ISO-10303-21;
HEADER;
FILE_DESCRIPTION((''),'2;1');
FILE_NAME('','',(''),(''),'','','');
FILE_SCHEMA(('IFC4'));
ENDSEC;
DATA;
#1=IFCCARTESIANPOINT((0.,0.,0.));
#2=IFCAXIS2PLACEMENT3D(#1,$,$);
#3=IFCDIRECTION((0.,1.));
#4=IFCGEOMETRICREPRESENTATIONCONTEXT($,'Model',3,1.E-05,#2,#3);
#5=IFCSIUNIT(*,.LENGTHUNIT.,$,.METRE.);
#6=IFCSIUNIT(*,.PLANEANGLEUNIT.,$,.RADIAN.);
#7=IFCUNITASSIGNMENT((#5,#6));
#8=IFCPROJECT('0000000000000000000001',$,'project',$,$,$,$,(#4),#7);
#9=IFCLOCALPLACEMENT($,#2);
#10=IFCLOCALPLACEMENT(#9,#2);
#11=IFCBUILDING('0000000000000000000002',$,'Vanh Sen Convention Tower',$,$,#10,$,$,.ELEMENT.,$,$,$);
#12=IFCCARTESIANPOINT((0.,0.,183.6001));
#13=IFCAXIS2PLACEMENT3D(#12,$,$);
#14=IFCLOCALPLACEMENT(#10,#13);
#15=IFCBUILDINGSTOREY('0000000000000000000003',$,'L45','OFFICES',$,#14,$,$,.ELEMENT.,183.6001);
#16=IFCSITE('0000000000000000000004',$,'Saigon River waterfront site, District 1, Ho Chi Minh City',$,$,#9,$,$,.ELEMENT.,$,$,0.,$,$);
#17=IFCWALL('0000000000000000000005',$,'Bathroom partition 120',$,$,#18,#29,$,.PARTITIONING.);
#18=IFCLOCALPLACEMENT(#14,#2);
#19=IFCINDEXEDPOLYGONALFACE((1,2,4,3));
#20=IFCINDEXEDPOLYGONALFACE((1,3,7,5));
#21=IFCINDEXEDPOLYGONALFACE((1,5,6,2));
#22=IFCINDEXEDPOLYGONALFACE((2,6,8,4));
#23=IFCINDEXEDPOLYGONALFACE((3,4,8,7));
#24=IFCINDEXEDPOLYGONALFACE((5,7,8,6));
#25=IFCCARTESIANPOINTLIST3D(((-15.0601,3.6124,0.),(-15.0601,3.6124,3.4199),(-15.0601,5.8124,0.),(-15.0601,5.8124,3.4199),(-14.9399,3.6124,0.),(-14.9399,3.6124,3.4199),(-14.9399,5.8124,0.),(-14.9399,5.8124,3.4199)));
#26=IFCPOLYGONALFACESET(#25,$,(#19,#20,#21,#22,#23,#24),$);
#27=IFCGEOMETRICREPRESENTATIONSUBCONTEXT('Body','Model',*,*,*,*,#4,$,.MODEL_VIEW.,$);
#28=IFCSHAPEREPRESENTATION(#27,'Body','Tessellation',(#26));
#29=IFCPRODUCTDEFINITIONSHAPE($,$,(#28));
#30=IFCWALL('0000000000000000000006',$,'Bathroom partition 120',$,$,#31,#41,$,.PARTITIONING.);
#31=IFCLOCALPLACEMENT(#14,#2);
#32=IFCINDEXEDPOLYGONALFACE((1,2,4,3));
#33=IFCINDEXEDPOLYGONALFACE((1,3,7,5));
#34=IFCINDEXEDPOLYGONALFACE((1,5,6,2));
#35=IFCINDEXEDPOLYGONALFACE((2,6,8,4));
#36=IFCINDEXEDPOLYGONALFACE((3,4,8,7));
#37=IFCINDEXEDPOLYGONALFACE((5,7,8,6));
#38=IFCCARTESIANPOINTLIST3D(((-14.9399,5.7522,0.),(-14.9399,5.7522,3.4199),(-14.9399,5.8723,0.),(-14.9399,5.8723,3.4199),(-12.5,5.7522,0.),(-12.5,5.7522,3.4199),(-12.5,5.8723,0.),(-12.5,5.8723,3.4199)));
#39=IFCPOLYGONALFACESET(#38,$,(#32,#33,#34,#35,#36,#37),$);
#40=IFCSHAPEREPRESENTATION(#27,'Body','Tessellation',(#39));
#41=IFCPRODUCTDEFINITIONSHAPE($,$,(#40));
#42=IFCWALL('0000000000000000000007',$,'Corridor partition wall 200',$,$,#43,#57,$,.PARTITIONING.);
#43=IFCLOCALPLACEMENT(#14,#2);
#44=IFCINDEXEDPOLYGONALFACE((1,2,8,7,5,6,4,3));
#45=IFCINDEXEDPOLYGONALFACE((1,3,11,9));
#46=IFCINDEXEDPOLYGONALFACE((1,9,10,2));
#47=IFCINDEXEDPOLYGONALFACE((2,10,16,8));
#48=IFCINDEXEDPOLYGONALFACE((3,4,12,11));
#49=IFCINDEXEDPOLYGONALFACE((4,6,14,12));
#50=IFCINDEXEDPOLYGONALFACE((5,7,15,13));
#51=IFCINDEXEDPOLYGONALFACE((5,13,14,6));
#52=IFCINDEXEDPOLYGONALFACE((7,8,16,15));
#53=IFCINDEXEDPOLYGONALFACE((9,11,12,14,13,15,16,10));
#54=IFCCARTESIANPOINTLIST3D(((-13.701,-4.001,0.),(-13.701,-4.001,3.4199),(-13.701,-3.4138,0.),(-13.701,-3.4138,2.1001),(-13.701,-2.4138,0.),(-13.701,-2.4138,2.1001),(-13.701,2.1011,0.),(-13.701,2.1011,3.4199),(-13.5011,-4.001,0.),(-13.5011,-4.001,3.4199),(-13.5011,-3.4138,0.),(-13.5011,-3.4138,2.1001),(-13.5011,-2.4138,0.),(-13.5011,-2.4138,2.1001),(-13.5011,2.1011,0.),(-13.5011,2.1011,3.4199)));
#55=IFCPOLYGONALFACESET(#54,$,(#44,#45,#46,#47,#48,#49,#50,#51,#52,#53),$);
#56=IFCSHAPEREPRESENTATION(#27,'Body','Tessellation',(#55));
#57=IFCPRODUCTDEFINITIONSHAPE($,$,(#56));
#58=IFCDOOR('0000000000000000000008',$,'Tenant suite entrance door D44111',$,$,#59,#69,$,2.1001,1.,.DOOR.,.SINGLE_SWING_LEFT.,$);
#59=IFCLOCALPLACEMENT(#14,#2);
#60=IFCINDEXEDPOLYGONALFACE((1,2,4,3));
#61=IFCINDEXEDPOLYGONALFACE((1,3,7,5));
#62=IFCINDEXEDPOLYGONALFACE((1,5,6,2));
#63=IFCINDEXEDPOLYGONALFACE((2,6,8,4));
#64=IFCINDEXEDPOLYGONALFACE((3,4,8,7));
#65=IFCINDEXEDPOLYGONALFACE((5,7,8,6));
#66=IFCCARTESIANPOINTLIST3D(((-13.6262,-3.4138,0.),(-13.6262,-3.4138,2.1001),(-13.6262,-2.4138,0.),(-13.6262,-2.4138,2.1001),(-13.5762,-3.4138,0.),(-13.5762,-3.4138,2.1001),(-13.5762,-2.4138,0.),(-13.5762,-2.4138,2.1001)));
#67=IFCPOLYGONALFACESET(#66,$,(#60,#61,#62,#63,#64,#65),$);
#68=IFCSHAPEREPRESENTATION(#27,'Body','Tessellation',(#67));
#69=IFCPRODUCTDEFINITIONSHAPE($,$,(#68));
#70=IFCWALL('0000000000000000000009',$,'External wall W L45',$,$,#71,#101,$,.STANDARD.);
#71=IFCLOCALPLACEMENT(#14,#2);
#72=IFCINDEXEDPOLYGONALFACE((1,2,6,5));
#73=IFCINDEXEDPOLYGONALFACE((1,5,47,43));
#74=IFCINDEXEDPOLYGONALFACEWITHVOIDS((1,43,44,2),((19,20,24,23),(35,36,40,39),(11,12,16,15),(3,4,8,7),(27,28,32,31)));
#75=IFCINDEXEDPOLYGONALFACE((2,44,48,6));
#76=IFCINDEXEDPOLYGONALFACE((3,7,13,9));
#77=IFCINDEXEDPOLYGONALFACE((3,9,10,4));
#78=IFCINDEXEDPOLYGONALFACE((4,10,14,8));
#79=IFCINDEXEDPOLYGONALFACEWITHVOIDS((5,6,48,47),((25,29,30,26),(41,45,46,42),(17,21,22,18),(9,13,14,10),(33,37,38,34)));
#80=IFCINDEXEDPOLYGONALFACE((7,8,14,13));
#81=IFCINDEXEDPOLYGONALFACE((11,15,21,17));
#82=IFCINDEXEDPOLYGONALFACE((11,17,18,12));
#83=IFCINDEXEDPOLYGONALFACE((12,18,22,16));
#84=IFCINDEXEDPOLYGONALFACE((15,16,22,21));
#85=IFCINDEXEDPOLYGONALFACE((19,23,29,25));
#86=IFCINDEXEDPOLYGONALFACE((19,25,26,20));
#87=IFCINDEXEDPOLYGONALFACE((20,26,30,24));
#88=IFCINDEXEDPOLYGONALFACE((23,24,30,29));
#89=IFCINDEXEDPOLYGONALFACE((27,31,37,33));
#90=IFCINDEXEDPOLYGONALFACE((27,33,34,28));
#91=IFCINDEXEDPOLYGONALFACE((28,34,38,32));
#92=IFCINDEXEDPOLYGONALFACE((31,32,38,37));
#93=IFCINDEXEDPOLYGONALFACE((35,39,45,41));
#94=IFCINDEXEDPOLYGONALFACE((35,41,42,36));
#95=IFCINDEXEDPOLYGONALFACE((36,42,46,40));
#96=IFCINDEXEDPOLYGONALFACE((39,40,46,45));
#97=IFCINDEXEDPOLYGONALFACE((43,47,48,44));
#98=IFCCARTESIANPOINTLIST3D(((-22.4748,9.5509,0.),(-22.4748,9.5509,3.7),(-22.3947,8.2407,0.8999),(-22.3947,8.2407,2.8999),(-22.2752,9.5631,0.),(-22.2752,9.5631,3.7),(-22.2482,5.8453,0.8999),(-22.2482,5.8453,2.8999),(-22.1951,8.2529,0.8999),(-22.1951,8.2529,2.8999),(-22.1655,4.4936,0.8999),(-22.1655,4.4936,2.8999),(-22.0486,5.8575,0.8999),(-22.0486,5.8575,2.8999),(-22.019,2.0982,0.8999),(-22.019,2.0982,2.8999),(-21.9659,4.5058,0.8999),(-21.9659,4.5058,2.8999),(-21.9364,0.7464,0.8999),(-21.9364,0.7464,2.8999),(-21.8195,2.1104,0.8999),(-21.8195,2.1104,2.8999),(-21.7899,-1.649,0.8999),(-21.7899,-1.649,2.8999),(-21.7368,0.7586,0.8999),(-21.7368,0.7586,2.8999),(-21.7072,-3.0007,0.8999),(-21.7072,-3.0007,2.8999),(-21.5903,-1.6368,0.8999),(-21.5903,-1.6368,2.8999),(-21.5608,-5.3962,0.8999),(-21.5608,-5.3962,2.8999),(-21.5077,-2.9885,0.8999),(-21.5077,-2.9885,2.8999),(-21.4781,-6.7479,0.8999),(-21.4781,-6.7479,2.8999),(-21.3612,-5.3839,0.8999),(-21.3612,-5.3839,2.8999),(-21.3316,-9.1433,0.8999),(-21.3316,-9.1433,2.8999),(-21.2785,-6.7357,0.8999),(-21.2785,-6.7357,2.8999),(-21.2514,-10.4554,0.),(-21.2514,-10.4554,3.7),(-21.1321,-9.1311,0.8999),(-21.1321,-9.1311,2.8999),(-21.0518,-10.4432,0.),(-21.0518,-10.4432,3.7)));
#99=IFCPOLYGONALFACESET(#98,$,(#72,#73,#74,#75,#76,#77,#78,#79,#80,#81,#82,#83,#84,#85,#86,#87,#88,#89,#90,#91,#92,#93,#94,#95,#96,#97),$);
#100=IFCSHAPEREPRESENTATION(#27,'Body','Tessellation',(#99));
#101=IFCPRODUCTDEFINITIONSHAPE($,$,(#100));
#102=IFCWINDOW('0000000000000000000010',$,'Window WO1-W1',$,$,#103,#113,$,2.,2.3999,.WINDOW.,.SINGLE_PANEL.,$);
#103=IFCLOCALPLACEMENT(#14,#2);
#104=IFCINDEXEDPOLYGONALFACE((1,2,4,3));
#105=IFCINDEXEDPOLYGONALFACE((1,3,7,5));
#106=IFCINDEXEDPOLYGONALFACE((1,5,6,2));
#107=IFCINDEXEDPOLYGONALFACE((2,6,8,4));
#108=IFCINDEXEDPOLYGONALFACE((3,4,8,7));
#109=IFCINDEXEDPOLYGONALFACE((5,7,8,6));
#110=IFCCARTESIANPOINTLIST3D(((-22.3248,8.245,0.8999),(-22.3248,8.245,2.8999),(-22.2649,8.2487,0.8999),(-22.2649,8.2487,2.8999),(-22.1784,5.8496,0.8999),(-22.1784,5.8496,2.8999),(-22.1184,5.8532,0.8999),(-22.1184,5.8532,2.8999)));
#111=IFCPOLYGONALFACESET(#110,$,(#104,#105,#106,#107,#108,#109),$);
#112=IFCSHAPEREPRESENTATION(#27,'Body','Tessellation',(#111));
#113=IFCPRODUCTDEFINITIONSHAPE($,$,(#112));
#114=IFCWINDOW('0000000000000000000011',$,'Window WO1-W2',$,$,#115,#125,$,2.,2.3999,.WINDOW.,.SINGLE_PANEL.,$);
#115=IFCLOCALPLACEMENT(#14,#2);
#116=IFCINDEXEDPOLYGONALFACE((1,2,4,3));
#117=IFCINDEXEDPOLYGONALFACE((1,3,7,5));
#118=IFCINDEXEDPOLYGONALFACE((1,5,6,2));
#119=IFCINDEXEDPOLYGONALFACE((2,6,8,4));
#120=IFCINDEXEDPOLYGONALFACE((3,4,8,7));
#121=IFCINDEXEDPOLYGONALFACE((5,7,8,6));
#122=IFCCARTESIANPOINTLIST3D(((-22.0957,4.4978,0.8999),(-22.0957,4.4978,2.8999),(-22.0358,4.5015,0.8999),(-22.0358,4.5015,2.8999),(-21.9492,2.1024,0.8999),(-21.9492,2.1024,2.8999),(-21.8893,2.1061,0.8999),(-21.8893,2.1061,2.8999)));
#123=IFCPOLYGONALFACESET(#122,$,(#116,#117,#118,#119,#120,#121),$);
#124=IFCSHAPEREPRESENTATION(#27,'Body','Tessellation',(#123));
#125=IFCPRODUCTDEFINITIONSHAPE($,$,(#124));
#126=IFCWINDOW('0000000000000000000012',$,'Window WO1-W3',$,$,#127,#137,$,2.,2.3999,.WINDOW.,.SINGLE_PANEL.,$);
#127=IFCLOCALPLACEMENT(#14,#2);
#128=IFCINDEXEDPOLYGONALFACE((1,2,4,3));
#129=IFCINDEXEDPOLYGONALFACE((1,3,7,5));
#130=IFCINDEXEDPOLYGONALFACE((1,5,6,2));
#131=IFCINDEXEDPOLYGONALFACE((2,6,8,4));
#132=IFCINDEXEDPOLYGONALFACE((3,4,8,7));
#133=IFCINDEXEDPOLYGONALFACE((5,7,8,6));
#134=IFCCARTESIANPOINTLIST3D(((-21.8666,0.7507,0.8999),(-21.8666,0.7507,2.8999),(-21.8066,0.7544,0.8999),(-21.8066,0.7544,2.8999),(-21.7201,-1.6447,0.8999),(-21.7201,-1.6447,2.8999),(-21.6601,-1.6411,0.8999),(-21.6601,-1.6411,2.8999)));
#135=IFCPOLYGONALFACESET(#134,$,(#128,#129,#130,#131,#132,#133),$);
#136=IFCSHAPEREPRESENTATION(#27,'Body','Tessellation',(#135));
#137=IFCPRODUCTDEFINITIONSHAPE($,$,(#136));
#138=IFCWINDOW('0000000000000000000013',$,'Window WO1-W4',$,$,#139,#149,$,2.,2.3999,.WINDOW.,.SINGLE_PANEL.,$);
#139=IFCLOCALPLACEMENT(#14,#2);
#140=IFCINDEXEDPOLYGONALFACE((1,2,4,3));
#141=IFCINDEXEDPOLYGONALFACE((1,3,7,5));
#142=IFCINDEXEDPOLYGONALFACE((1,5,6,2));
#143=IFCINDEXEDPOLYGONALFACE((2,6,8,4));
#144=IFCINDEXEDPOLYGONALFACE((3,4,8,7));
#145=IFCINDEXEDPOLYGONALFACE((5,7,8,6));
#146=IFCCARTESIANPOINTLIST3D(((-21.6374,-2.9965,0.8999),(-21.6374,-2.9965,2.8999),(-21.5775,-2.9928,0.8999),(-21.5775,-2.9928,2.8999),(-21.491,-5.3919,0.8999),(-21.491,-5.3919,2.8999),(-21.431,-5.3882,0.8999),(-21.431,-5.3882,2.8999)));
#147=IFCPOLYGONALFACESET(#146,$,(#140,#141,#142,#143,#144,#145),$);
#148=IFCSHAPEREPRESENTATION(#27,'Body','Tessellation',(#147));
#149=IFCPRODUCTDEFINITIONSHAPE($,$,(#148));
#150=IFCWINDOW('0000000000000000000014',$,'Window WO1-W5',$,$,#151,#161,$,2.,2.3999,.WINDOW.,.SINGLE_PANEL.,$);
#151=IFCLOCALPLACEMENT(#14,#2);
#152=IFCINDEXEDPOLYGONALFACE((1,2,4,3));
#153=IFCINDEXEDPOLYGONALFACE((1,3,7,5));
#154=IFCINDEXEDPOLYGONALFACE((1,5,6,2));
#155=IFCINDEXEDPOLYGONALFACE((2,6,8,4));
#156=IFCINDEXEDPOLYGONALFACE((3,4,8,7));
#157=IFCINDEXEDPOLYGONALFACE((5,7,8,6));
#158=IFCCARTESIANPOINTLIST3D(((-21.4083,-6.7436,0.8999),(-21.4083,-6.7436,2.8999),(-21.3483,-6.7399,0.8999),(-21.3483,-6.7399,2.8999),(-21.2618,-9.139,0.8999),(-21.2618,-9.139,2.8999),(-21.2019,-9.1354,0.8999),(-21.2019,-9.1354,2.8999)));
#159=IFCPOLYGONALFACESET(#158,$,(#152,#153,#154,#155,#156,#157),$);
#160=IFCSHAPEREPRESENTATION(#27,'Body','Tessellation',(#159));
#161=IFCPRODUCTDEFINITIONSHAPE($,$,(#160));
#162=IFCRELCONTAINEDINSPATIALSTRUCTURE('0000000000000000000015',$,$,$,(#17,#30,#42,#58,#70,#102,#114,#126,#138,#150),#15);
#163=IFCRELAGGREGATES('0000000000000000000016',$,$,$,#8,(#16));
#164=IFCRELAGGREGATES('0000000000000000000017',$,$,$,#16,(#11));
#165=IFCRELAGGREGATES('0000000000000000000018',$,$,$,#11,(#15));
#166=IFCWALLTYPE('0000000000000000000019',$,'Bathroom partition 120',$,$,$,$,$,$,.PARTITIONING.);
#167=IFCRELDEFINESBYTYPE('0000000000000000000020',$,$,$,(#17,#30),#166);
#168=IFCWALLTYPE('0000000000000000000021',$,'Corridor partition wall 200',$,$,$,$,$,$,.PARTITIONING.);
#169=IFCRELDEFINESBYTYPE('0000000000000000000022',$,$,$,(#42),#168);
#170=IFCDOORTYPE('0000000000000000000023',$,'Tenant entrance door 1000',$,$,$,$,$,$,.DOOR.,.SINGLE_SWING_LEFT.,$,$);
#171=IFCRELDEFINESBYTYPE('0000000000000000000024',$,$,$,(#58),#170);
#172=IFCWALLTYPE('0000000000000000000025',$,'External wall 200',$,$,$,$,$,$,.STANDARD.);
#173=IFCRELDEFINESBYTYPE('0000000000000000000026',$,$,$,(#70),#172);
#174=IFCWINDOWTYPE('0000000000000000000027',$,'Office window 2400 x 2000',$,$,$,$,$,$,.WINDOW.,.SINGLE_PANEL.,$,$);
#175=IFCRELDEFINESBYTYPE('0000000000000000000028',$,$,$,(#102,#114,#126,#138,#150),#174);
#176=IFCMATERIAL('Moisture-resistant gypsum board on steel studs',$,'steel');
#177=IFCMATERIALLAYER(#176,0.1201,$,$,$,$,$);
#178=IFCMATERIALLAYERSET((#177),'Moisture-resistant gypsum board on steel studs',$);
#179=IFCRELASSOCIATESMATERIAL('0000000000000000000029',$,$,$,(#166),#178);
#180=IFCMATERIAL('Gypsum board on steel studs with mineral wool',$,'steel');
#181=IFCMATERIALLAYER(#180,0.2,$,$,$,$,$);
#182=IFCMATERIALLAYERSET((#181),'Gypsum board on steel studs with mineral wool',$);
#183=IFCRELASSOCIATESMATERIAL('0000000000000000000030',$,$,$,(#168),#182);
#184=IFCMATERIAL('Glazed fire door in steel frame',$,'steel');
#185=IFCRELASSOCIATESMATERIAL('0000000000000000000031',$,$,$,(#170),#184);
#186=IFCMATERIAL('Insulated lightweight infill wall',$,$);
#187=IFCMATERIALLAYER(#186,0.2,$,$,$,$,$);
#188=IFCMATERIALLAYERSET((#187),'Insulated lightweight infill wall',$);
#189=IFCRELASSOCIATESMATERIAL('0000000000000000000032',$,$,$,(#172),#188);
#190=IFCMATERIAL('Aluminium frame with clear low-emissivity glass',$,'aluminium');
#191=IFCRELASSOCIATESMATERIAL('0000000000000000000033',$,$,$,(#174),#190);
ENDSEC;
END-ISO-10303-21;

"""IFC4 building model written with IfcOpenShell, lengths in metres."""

from ifc_helpers import new_model, si_unit, direction, frame, frame_2d, origin, place, context, subcontext, project, spatial, rectangle, extrude, material, layer, layer_set, type_object, element, fill, save


model = new_model("IFC4")

# Units and contexts
model_context = context("Model", 3, precision=1e-05, world=origin(), true_north=direction((0.0, 1.0)))
body_context = subcontext(model_context, "Body", "Model", "MODEL_VIEW")
ifc_project = project(units=[si_unit("LENGTHUNIT", "METRE"), si_unit("PLANEANGLEUNIT", "RADIAN")], contexts=[model_context])

# Site, building, storey
site_placement = place(None, origin())
site = spatial("IfcSite", under=ifc_project, at=site_placement, Name="Saigon River waterfront site, District 1, Ho Chi Minh City", CompositionType="ELEMENT", RefElevation=0.0)
building_placement = place(site_placement, origin())
building = spatial("IfcBuilding", under=site, at=building_placement, Name="Vanh Sen Convention Tower", CompositionType="ELEMENT")
storey_placement = place(building_placement, frame((0.0, 0.0, 183.6001)))
storey = spatial("IfcBuildingStorey", under=building, at=storey_placement, Name="L45", Description="OFFICES", CompositionType="ELEMENT", Elevation=183.6001)

# Walls
ifc_material_1 = material(Name="Moisture-resistant gypsum board on steel studs", Category="steel")
ifc_layer_1 = layer(ifc_material_1, 0.1201)
ifc_layer_set_1 = layer_set([ifc_layer_1], Name="Moisture-resistant gypsum board on steel studs")
wall_type_1 = type_object("IfcWallType", Name="Bathroom partition 120", PredefinedType="PARTITIONING", material=ifc_layer_set_1)
wall_1_placement = place(storey_placement, frame((-15.0, 3.6123, 0.0), z_axis=(0.0, 0.0, 1.0), x_axis=(0.0, 1.0, 0.0)))
element("IfcWall", 1, at=wall_1_placement, inside=storey, type_object=wall_type_1, Name="Bathroom partition 120", PredefinedType="PARTITIONING", context=body_context, shape_type="SweptSolid", body=[
    extrude(rectangle(XDim=2.2, YDim=0.1201, at=frame_2d((1.1001, 0.0))), origin(), (0.0, 0.0, 1.0), 3.4199),
])
wall_2_placement = place(storey_placement, frame((-14.9399, 5.8123, 0.0), z_axis=(0.0, 0.0, 1.0), x_axis=(1.0, 0.0, 0.0)))
element("IfcWall", 2, at=wall_2_placement, inside=storey, type_object=wall_type_1, Name="Bathroom partition 120", PredefinedType="PARTITIONING", context=body_context, shape_type="SweptSolid", body=[
    extrude(rectangle(XDim=2.4399, YDim=0.1201, at=frame_2d((1.22, 0.0))), origin(), (0.0, 0.0, 1.0), 3.4199),
])

# Wall, opening, door
ifc_material_2 = material(Name="Gypsum board on steel studs with mineral wool", Category="steel")
ifc_layer_2 = layer(ifc_material_2, 0.2)
ifc_layer_set_2 = layer_set([ifc_layer_2], Name="Gypsum board on steel studs with mineral wool")
wall_type_2 = type_object("IfcWallType", Name="Corridor partition wall 200", PredefinedType="PARTITIONING", material=ifc_layer_set_2)
wall_3_placement = place(storey_placement, frame((-13.6011, 2.1011, 0.0), z_axis=(0.0, 0.0, 1.0), x_axis=(0.0, -1.0, 0.0)))
wall_3 = element("IfcWall", 3, at=wall_3_placement, inside=storey, type_object=wall_type_2, Name="Corridor partition wall 200", PredefinedType="PARTITIONING", context=body_context, shape_type="SweptSolid", body=[
    extrude(rectangle(XDim=6.1021, YDim=0.2, at=frame_2d((3.051, 0.0))), origin(), (0.0, 0.0, 1.0), 3.4199),
])
opening_1_placement = place(wall_3_placement, frame((4.5149, 0.0, 0.0)))
opening_1 = element("IfcOpeningElement", 4, at=opening_1_placement, cuts=wall_3, PredefinedType="OPENING", context=body_context, shape_type="SweptSolid", body=[
    extrude(rectangle(XDim=1.0, YDim=2.1001, at=frame_2d((0.5, 1.05))), frame((0.0, 0.1099, 0.0), z_axis=(0.0, -1.0, 0.0), x_axis=(1.0, 0.0, 0.0)), (0.0, 0.0, 1.0), 0.22),
])
ifc_material_3 = material(Name="Glazed fire door in steel frame", Category="steel")
door_type = type_object("IfcDoorType", Name="Tenant entrance door 1000", OperationType="SINGLE_SWING_LEFT", PredefinedType="DOOR", material=ifc_material_3)
door_placement = place(opening_1_placement, origin())
door = element("IfcDoor", 5, at=door_placement, inside=storey, type_object=door_type, Name="Tenant suite entrance door D44111", OperationType="SINGLE_SWING_LEFT", OverallHeight=2.1001, OverallWidth=1.0, PredefinedType="DOOR", context=body_context, shape_type="SweptSolid", body=[
    extrude(rectangle(XDim=1.0, YDim=2.1001, at=frame_2d((0.5, 1.05))), frame((0.0, 0.0249, 0.0), z_axis=(0.0, -1.0, 0.0), x_axis=(1.0, 0.0, 0.0)), (0.0, 0.0, 1.0), 0.05),
])
fill(opening_1, door)

# Wall, openings, windows
ifc_material_4 = material(Name="Insulated lightweight infill wall")
ifc_layer_3 = layer(ifc_material_4, 0.2)
ifc_layer_set_3 = layer_set([ifc_layer_3], Name="Insulated lightweight infill wall")
wall_type_3 = type_object("IfcWallType", Name="External wall 200", PredefinedType="STANDARD", material=ifc_layer_set_3)
wall_4_placement = place(storey_placement, frame((-22.375, 9.5571, 0.0), z_axis=(0.0, 0.0, 1.0), x_axis=(0.061036, -0.998136, 0.0)))
wall_4 = element("IfcWall", 6, at=wall_4_placement, inside=storey, type_object=wall_type_3, Name="External wall W L45", PredefinedType="STANDARD", context=body_context, shape_type="SweptSolid", body=[
    extrude(rectangle(XDim=20.0437, YDim=0.2, at=frame_2d((10.022, 0.0))), origin(), (0.0, 0.0, 1.0), 3.7),
])
opening_2_placement = place(wall_4_placement, frame((1.3127, 0.0, 0.8999)))
opening_2 = element("IfcOpeningElement", 7, at=opening_2_placement, cuts=wall_4, PredefinedType="OPENING", context=body_context, shape_type="SweptSolid", body=[
    extrude(rectangle(XDim=2.3999, YDim=2.0, at=frame_2d((1.2, 1.0))), frame((0.0, 0.1099, 0.0), z_axis=(0.0, -1.0, 0.0), x_axis=(1.0, 0.0, 0.0)), (0.0, 0.0, 1.0), 0.22),
])
opening_3_placement = place(wall_4_placement, frame((5.0669, 0.0, 0.8999)))
opening_3 = element("IfcOpeningElement", 8, at=opening_3_placement, cuts=wall_4, PredefinedType="OPENING", context=body_context, shape_type="SweptSolid", body=[
    extrude(rectangle(XDim=2.3999, YDim=2.0, at=frame_2d((1.2, 1.0))), frame((0.0, 0.1099, 0.0), z_axis=(0.0, -1.0, 0.0), x_axis=(1.0, 0.0, 0.0)), (0.0, 0.0, 1.0), 0.22),
])
opening_4_placement = place(wall_4_placement, frame((8.821, 0.0, 0.8999)))
opening_4 = element("IfcOpeningElement", 9, at=opening_4_placement, cuts=wall_4, PredefinedType="OPENING", context=body_context, shape_type="SweptSolid", body=[
    extrude(rectangle(XDim=2.3999, YDim=2.0, at=frame_2d((1.2, 1.0))), frame((0.0, 0.1099, 0.0), z_axis=(0.0, -1.0, 0.0), x_axis=(1.0, 0.0, 0.0)), (0.0, 0.0, 1.0), 0.22),
])
opening_5_placement = place(wall_4_placement, frame((12.5752, 0.0, 0.8999)))
opening_5 = element("IfcOpeningElement", 10, at=opening_5_placement, cuts=wall_4, PredefinedType="OPENING", context=body_context, shape_type="SweptSolid", body=[
    extrude(rectangle(XDim=2.3999, YDim=2.0, at=frame_2d((1.2, 1.0))), frame((0.0, 0.1099, 0.0), z_axis=(0.0, -1.0, 0.0), x_axis=(1.0, 0.0, 0.0)), (0.0, 0.0, 1.0), 0.22),
])
opening_6_placement = place(wall_4_placement, frame((16.3293, 0.0, 0.8999)))
opening_6 = element("IfcOpeningElement", 11, at=opening_6_placement, cuts=wall_4, PredefinedType="OPENING", context=body_context, shape_type="SweptSolid", body=[
    extrude(rectangle(XDim=2.3999, YDim=2.0, at=frame_2d((1.2, 1.0))), frame((0.0, 0.1099, 0.0), z_axis=(0.0, -1.0, 0.0), x_axis=(1.0, 0.0, 0.0)), (0.0, 0.0, 1.0), 0.22),
])
ifc_material_5 = material(Name="Aluminium frame with clear low-emissivity glass", Category="aluminium")
window_type = type_object("IfcWindowType", Name="Office window 2400 x 2000", PartitioningType="SINGLE_PANEL", PredefinedType="WINDOW", material=ifc_material_5)
window_1_placement = place(opening_2_placement, origin())
window_1 = element("IfcWindow", 12, at=window_1_placement, inside=storey, type_object=window_type, Name="Window WO1-W1", OverallHeight=2.0, OverallWidth=2.3999, PartitioningType="SINGLE_PANEL", PredefinedType="WINDOW", context=body_context, shape_type="SweptSolid", body=[
    extrude(rectangle(XDim=2.3999, YDim=2.0, at=frame_2d((1.2, 1.0))), frame((0.0, 0.03, 0.0), z_axis=(0.0, -1.0, 0.0), x_axis=(1.0, 0.0, 0.0)), (0.0, 0.0, 1.0), 0.0601),
])
fill(opening_2, window_1)
window_2_placement = place(opening_3_placement, origin())
window_2 = element("IfcWindow", 13, at=window_2_placement, inside=storey, type_object=window_type, Name="Window WO1-W2", OverallHeight=2.0, OverallWidth=2.3999, PartitioningType="SINGLE_PANEL", PredefinedType="WINDOW", context=body_context, shape_type="SweptSolid", body=[
    extrude(rectangle(XDim=2.3999, YDim=2.0, at=frame_2d((1.2, 1.0))), frame((0.0, 0.03, 0.0), z_axis=(0.0, -1.0, 0.0), x_axis=(1.0, 0.0, 0.0)), (0.0, 0.0, 1.0), 0.0601),
])
fill(opening_3, window_2)
window_3_placement = place(opening_4_placement, origin())
window_3 = element("IfcWindow", 14, at=window_3_placement, inside=storey, type_object=window_type, Name="Window WO1-W3", OverallHeight=2.0, OverallWidth=2.3999, PartitioningType="SINGLE_PANEL", PredefinedType="WINDOW", context=body_context, shape_type="SweptSolid", body=[
    extrude(rectangle(XDim=2.3999, YDim=2.0, at=frame_2d((1.2, 1.0))), frame((0.0, 0.03, 0.0), z_axis=(0.0, -1.0, 0.0), x_axis=(1.0, 0.0, 0.0)), (0.0, 0.0, 1.0), 0.0601),
])
fill(opening_4, window_3)
window_4_placement = place(opening_5_placement, origin())
window_4 = element("IfcWindow", 15, at=window_4_placement, inside=storey, type_object=window_type, Name="Window WO1-W4", OverallHeight=2.0, OverallWidth=2.3999, PartitioningType="SINGLE_PANEL", PredefinedType="WINDOW", context=body_context, shape_type="SweptSolid", body=[
    extrude(rectangle(XDim=2.3999, YDim=2.0, at=frame_2d((1.2, 1.0))), frame((0.0, 0.03, 0.0), z_axis=(0.0, -1.0, 0.0), x_axis=(1.0, 0.0, 0.0)), (0.0, 0.0, 1.0), 0.0601),
])
fill(opening_5, window_4)
window_5_placement = place(opening_6_placement, origin())
window_5 = element("IfcWindow", 16, at=window_5_placement, inside=storey, type_object=window_type, Name="Window WO1-W5", OverallHeight=2.0, OverallWidth=2.3999, PartitioningType="SINGLE_PANEL", PredefinedType="WINDOW", context=body_context, shape_type="SweptSolid", body=[
    extrude(rectangle(XDim=2.3999, YDim=2.0, at=frame_2d((1.2, 1.0))), frame((0.0, 0.03, 0.0), z_axis=(0.0, -1.0, 0.0), x_axis=(1.0, 0.0, 0.0)), (0.0, 0.0, 1.0), 0.0601),
])
fill(opening_6, window_5)

save(model, "model.ifc")
